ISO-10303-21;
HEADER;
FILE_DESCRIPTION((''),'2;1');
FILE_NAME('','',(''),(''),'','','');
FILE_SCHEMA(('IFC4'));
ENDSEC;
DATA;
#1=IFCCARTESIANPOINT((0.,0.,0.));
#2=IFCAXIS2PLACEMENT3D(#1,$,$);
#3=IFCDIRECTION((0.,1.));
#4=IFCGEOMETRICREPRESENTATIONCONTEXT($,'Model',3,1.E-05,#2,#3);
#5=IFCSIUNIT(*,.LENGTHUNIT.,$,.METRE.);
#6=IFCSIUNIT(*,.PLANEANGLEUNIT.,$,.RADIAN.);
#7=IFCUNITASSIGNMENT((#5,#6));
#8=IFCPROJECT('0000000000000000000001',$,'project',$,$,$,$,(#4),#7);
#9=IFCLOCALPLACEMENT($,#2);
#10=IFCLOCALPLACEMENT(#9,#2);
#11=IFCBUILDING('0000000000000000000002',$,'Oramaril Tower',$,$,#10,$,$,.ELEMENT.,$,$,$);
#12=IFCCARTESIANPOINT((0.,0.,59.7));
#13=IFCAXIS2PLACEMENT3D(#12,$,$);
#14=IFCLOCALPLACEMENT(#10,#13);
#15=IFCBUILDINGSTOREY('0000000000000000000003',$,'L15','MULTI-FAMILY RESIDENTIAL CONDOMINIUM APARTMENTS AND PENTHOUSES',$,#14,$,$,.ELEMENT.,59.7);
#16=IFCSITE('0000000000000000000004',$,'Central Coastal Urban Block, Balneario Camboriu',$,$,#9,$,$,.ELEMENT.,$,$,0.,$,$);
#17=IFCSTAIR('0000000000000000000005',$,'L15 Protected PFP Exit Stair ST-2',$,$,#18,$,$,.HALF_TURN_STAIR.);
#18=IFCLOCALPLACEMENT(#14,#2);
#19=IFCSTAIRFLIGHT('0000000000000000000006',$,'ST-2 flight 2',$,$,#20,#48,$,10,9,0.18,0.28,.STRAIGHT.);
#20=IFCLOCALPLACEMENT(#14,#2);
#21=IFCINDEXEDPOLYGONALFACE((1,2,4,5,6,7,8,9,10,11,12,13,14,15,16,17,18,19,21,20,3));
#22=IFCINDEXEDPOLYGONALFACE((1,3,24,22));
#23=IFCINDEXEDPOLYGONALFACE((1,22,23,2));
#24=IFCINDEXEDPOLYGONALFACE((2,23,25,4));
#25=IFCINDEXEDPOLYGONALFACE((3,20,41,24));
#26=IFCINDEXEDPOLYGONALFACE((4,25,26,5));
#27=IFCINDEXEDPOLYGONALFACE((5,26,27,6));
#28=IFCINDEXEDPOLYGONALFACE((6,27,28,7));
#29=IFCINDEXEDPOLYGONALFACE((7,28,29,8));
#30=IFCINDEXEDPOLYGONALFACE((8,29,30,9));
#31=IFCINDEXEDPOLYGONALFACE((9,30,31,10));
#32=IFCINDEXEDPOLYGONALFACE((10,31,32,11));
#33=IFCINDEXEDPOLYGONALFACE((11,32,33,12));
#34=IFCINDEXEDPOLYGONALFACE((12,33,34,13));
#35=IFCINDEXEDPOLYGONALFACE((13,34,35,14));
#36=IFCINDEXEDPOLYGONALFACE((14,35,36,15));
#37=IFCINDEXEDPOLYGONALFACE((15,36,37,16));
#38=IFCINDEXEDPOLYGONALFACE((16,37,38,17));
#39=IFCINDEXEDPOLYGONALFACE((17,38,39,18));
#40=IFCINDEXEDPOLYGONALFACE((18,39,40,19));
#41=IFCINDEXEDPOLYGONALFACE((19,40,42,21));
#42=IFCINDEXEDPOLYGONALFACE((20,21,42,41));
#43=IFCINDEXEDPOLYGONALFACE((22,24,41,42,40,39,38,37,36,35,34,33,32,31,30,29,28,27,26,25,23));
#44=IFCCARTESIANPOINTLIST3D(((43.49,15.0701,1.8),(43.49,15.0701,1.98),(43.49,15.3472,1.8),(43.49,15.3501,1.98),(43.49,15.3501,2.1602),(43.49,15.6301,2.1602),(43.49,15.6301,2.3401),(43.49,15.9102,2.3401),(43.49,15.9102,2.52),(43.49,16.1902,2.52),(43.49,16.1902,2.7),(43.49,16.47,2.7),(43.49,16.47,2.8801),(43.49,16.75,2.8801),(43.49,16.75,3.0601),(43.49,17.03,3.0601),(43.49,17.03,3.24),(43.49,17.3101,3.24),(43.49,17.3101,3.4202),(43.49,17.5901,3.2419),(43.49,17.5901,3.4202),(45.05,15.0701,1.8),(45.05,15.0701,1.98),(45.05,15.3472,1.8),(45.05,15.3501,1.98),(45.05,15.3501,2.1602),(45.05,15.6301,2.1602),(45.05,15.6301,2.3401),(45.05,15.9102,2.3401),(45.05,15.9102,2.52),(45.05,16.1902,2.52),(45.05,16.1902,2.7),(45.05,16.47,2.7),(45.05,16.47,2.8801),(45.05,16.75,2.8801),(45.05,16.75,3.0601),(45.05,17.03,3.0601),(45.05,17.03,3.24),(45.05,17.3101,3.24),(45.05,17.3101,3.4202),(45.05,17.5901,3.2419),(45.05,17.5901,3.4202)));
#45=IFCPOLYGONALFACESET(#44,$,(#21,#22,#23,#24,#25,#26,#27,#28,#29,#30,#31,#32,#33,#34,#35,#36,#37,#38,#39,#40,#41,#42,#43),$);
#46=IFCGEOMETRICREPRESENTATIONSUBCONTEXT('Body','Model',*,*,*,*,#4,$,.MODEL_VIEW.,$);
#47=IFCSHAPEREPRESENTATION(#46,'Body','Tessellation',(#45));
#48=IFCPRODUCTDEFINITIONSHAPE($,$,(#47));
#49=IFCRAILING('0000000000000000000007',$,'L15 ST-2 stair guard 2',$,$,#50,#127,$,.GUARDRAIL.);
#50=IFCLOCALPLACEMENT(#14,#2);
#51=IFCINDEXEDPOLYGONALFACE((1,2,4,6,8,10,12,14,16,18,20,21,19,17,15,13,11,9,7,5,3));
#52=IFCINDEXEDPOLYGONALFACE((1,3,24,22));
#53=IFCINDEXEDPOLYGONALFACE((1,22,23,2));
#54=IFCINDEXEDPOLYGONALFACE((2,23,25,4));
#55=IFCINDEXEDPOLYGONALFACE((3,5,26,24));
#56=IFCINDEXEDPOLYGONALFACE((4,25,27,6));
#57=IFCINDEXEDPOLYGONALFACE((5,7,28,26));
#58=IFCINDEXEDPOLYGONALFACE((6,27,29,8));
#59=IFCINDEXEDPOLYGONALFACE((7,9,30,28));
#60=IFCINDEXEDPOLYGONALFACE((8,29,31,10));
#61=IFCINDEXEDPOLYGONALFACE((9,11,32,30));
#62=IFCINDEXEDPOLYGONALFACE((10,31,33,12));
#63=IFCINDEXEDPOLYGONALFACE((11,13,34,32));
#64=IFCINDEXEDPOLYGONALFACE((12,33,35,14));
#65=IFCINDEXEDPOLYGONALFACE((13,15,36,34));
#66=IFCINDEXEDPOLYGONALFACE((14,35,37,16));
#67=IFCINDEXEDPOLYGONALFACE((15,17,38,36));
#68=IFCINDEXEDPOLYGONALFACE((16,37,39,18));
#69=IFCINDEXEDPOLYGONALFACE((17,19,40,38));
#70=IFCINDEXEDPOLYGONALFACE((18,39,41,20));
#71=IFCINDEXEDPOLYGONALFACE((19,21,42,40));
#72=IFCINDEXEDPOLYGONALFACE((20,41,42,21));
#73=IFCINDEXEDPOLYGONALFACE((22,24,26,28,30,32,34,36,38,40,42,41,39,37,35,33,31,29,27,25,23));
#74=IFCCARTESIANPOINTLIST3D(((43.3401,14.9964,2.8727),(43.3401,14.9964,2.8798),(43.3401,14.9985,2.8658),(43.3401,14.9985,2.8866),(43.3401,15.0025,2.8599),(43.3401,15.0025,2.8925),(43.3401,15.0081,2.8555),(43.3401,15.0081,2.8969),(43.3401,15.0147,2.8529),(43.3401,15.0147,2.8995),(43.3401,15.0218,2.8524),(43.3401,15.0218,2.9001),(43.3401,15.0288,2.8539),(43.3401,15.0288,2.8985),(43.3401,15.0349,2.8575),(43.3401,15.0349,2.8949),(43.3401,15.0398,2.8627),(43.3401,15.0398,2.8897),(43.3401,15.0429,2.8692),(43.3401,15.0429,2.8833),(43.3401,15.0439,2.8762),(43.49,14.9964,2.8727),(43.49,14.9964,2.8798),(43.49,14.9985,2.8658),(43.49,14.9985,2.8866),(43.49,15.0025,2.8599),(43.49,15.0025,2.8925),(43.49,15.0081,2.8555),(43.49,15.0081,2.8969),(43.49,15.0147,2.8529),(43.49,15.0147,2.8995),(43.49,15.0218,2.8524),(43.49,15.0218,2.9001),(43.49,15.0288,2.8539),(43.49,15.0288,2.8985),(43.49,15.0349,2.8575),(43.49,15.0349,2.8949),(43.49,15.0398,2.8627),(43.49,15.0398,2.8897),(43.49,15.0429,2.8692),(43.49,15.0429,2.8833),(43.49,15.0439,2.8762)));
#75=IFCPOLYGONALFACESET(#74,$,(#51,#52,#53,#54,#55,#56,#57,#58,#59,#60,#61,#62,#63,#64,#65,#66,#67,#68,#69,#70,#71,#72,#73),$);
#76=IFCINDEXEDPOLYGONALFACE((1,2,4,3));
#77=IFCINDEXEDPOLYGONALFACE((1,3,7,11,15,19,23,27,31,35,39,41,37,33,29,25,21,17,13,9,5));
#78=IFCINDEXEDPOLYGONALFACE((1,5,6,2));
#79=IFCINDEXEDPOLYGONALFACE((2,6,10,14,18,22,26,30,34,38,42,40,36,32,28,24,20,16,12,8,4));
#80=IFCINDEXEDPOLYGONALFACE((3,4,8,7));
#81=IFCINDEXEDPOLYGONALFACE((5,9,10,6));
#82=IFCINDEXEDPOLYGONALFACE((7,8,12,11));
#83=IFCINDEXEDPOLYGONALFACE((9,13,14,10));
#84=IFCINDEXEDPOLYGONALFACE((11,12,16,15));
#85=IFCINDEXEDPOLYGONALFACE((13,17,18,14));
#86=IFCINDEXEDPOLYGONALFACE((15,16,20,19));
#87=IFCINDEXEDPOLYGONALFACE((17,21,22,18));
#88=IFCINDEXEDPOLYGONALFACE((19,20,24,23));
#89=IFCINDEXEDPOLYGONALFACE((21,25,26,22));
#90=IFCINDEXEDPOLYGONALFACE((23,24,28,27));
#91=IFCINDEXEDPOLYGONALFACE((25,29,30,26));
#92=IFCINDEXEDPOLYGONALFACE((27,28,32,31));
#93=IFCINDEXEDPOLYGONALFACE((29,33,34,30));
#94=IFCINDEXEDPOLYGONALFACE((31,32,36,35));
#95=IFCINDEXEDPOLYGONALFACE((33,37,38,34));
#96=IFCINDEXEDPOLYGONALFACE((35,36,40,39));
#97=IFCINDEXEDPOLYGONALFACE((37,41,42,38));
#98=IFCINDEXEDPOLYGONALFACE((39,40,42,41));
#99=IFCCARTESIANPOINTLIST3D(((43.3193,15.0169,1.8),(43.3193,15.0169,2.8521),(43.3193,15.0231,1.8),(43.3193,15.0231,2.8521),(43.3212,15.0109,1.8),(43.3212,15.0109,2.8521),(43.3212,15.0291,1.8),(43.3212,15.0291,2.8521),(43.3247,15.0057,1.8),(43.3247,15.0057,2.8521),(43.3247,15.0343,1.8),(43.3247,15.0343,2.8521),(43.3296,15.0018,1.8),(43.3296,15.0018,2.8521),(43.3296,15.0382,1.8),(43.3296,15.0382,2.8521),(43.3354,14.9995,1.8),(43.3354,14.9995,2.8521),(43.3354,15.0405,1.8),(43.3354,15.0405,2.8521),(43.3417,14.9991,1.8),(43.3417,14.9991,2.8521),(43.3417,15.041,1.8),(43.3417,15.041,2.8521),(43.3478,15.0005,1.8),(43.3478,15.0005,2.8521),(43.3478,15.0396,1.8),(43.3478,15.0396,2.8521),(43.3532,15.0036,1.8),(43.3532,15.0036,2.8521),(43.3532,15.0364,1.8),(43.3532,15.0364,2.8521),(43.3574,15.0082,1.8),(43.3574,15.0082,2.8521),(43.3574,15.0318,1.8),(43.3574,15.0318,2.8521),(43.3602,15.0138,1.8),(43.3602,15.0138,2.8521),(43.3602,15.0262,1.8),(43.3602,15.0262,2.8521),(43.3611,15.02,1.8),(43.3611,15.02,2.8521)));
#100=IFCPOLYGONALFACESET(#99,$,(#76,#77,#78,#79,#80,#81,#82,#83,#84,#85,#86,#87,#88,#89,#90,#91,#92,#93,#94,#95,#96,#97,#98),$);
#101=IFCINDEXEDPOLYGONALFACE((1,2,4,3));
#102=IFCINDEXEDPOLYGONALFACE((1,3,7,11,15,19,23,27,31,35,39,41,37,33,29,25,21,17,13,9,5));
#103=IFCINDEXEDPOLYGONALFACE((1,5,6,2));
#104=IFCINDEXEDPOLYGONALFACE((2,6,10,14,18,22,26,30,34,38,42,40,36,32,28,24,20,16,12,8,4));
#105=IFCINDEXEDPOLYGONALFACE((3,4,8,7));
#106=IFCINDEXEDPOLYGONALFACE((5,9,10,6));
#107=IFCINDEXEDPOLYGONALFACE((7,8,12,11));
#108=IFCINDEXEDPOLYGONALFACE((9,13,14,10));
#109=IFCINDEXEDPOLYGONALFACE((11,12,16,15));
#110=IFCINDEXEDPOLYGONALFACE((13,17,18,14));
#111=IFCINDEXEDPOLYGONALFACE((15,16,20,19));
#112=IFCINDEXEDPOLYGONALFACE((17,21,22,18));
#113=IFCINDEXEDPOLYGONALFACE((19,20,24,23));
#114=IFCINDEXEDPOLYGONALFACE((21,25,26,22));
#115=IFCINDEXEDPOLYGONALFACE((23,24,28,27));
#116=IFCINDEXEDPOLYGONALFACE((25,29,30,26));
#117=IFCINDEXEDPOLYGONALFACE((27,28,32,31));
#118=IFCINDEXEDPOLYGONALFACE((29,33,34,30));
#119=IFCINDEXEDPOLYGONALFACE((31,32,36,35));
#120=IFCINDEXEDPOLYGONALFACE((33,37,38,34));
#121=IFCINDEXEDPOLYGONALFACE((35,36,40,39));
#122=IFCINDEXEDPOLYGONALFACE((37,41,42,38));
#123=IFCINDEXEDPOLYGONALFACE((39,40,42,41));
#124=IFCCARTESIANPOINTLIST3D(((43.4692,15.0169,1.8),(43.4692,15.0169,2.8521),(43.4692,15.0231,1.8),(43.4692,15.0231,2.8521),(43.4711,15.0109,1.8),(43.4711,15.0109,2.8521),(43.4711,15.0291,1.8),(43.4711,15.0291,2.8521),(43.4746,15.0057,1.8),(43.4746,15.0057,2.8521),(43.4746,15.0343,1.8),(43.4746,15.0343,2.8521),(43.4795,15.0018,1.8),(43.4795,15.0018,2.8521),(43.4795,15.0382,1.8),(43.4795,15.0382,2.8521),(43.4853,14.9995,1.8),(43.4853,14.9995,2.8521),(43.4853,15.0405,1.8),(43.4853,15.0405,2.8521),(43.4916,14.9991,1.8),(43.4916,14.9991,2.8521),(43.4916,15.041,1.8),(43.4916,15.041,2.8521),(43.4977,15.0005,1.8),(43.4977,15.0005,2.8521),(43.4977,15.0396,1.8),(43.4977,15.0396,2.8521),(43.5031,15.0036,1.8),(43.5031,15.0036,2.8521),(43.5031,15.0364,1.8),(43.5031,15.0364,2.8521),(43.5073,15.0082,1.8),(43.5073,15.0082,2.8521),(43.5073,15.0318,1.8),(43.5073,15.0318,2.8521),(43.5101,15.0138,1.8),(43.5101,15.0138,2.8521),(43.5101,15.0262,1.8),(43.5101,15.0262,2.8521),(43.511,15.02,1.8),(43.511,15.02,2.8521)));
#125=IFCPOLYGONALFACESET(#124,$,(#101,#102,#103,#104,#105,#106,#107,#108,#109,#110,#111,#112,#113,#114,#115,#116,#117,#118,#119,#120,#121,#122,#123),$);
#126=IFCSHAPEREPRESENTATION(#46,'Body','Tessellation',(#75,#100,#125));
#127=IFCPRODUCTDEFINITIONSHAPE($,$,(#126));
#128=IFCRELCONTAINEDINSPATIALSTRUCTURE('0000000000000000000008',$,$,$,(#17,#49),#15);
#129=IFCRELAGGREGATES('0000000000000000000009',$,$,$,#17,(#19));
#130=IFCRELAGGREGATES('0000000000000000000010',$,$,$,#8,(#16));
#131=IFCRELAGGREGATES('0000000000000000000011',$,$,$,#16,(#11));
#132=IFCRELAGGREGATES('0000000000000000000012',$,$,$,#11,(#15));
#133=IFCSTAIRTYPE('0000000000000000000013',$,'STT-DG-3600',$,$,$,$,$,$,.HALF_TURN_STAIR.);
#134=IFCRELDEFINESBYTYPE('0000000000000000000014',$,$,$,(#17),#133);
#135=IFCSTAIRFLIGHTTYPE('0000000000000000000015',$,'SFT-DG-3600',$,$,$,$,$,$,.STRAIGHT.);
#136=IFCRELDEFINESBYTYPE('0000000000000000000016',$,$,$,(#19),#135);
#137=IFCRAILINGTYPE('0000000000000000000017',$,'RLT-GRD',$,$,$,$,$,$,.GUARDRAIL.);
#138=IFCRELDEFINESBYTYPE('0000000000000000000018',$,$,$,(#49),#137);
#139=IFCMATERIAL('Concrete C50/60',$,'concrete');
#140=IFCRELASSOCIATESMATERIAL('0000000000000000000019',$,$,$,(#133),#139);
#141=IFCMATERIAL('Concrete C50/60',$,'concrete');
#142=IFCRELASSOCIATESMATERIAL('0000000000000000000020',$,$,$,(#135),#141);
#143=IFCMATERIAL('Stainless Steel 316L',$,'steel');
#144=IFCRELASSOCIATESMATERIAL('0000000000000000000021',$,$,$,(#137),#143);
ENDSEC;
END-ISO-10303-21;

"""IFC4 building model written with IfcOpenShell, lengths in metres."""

from ifc_helpers import new_model, si_unit, direction, frame, origin, origin_2d, place, context, subcontext, project, spatial, polyline, circle, outline, extrude, material, type_object, element, aggregate, save


model = new_model("IFC4")

# Units and contexts
model_context = context("Model", 3, precision=1e-05, world=origin(), true_north=direction((0.0, 1.0)))
body_context = subcontext(model_context, "Body", "Model", "MODEL_VIEW")
ifc_project = project(units=[si_unit("LENGTHUNIT", "METRE"), si_unit("PLANEANGLEUNIT", "RADIAN")], contexts=[model_context])

# Site, building, storey
site_placement = place(None, origin())
site = spatial("IfcSite", under=ifc_project, at=site_placement, Name="Central Coastal Urban Block, Balneario Camboriu", CompositionType="ELEMENT", RefElevation=0.0)
building_placement = place(site_placement, origin())
building = spatial("IfcBuilding", under=site, at=building_placement, Name="Oramaril Tower", CompositionType="ELEMENT")
storey_placement = place(building_placement, frame((0.0, 0.0, 59.7)))
storey = spatial("IfcBuildingStorey", under=building, at=storey_placement, Name="L15", Description="MULTI-FAMILY RESIDENTIAL CONDOMINIUM APARTMENTS AND PENTHOUSES", CompositionType="ELEMENT", Elevation=59.7)

# Shared definitions
ifc_material_1 = material(Name="Concrete C50/60", Category="concrete")
stair_type = type_object("IfcStairType", Name="STT-DG-3600", PredefinedType="HALF_TURN_STAIR", material=ifc_material_1)
ifc_material_2 = material(Name="Concrete C50/60", Category="concrete")
stair_flight_type = type_object("IfcStairFlightType", Name="SFT-DG-3600", PredefinedType="STRAIGHT", material=ifc_material_2)

# Stair, stair flight
stair_1_placement = place(storey_placement, origin())
stair_1 = element("IfcStair", 1, at=stair_1_placement, inside=storey, type_object=stair_type, Name="L15 Protected PFP Exit Stair ST-2", PredefinedType="HALF_TURN_STAIR")
stair_flight_1_placement = place(storey_placement, frame((44.27, 15.0701, 1.8), z_axis=(0.0, 0.0, 1.0), x_axis=(0.0, 1.0, 0.0)))
stair_flight_1 = element("IfcStairFlight", 2, at=stair_flight_1_placement, type_object=stair_flight_type, Name="ST-2 flight 2", NumberOfRisers=10, NumberOfTreads=9, PredefinedType="STRAIGHT", RiserHeight=0.18, TreadLength=0.28, context=body_context, shape_type="SweptSolid", body=[
    extrude(outline(polyline([(0.0, 0.0), (0.0, 0.1799), (0.28, 0.1799), (0.28, 0.3601), (0.5601, 0.3601), (0.5601, 0.54), (0.8401, 0.54), (0.8401, 0.72), (1.1201, 0.72), (1.1201, 0.8999), (1.3999, 0.8999), (1.3999, 1.0801), (1.6799, 1.0801), (1.6799, 1.26), (1.96, 1.26), (1.96, 1.4399), (2.24, 1.4399), (2.24, 1.6201), (2.52, 1.6201), (2.52, 1.8), (2.52, 1.4419), (0.2771, 0.0), (0.0, 0.0)])), frame((0.0, 0.78, 0.0), z_axis=(0.0, -1.0, 0.0), x_axis=(1.0, 0.0, 0.0)), (0.0, 0.0, 1.0), 1.5601),
])
aggregate(stair_1, [stair_flight_1])

# Railing
ifc_material_3 = material(Name="Stainless Steel 316L", Category="steel")
railing_type_1 = type_object("IfcRailingType", Name="RLT-GRD", PredefinedType="GUARDRAIL", material=ifc_material_3)
railing_1_placement = place(storey_placement, frame((43.3401, 15.02, 1.8)))
element("IfcRailing", 3, at=railing_1_placement, inside=storey, type_object=railing_type_1, Name="L15 ST-2 stair guard 2", PredefinedType="GUARDRAIL", context=body_context, shape_type="SweptSolid", body=[
    extrude(circle(Radius=0.0239, at=origin_2d()), frame((0.0, 0.0, 1.0762), z_axis=(1.0, 0.0, 0.0), x_axis=(0.0, 1.0, 0.0)), (0.0, 0.0, 1.0), 0.1499),
    extrude(circle(Radius=0.021, at=origin_2d()), origin(), (0.0, 0.0, 1.0), 1.052),
    extrude(circle(Radius=0.021, at=origin_2d()), frame((0.1499, 0.0, 0.0)), (0.0, 0.0, 1.0), 1.052),
])

save(model, "model.ifc")
